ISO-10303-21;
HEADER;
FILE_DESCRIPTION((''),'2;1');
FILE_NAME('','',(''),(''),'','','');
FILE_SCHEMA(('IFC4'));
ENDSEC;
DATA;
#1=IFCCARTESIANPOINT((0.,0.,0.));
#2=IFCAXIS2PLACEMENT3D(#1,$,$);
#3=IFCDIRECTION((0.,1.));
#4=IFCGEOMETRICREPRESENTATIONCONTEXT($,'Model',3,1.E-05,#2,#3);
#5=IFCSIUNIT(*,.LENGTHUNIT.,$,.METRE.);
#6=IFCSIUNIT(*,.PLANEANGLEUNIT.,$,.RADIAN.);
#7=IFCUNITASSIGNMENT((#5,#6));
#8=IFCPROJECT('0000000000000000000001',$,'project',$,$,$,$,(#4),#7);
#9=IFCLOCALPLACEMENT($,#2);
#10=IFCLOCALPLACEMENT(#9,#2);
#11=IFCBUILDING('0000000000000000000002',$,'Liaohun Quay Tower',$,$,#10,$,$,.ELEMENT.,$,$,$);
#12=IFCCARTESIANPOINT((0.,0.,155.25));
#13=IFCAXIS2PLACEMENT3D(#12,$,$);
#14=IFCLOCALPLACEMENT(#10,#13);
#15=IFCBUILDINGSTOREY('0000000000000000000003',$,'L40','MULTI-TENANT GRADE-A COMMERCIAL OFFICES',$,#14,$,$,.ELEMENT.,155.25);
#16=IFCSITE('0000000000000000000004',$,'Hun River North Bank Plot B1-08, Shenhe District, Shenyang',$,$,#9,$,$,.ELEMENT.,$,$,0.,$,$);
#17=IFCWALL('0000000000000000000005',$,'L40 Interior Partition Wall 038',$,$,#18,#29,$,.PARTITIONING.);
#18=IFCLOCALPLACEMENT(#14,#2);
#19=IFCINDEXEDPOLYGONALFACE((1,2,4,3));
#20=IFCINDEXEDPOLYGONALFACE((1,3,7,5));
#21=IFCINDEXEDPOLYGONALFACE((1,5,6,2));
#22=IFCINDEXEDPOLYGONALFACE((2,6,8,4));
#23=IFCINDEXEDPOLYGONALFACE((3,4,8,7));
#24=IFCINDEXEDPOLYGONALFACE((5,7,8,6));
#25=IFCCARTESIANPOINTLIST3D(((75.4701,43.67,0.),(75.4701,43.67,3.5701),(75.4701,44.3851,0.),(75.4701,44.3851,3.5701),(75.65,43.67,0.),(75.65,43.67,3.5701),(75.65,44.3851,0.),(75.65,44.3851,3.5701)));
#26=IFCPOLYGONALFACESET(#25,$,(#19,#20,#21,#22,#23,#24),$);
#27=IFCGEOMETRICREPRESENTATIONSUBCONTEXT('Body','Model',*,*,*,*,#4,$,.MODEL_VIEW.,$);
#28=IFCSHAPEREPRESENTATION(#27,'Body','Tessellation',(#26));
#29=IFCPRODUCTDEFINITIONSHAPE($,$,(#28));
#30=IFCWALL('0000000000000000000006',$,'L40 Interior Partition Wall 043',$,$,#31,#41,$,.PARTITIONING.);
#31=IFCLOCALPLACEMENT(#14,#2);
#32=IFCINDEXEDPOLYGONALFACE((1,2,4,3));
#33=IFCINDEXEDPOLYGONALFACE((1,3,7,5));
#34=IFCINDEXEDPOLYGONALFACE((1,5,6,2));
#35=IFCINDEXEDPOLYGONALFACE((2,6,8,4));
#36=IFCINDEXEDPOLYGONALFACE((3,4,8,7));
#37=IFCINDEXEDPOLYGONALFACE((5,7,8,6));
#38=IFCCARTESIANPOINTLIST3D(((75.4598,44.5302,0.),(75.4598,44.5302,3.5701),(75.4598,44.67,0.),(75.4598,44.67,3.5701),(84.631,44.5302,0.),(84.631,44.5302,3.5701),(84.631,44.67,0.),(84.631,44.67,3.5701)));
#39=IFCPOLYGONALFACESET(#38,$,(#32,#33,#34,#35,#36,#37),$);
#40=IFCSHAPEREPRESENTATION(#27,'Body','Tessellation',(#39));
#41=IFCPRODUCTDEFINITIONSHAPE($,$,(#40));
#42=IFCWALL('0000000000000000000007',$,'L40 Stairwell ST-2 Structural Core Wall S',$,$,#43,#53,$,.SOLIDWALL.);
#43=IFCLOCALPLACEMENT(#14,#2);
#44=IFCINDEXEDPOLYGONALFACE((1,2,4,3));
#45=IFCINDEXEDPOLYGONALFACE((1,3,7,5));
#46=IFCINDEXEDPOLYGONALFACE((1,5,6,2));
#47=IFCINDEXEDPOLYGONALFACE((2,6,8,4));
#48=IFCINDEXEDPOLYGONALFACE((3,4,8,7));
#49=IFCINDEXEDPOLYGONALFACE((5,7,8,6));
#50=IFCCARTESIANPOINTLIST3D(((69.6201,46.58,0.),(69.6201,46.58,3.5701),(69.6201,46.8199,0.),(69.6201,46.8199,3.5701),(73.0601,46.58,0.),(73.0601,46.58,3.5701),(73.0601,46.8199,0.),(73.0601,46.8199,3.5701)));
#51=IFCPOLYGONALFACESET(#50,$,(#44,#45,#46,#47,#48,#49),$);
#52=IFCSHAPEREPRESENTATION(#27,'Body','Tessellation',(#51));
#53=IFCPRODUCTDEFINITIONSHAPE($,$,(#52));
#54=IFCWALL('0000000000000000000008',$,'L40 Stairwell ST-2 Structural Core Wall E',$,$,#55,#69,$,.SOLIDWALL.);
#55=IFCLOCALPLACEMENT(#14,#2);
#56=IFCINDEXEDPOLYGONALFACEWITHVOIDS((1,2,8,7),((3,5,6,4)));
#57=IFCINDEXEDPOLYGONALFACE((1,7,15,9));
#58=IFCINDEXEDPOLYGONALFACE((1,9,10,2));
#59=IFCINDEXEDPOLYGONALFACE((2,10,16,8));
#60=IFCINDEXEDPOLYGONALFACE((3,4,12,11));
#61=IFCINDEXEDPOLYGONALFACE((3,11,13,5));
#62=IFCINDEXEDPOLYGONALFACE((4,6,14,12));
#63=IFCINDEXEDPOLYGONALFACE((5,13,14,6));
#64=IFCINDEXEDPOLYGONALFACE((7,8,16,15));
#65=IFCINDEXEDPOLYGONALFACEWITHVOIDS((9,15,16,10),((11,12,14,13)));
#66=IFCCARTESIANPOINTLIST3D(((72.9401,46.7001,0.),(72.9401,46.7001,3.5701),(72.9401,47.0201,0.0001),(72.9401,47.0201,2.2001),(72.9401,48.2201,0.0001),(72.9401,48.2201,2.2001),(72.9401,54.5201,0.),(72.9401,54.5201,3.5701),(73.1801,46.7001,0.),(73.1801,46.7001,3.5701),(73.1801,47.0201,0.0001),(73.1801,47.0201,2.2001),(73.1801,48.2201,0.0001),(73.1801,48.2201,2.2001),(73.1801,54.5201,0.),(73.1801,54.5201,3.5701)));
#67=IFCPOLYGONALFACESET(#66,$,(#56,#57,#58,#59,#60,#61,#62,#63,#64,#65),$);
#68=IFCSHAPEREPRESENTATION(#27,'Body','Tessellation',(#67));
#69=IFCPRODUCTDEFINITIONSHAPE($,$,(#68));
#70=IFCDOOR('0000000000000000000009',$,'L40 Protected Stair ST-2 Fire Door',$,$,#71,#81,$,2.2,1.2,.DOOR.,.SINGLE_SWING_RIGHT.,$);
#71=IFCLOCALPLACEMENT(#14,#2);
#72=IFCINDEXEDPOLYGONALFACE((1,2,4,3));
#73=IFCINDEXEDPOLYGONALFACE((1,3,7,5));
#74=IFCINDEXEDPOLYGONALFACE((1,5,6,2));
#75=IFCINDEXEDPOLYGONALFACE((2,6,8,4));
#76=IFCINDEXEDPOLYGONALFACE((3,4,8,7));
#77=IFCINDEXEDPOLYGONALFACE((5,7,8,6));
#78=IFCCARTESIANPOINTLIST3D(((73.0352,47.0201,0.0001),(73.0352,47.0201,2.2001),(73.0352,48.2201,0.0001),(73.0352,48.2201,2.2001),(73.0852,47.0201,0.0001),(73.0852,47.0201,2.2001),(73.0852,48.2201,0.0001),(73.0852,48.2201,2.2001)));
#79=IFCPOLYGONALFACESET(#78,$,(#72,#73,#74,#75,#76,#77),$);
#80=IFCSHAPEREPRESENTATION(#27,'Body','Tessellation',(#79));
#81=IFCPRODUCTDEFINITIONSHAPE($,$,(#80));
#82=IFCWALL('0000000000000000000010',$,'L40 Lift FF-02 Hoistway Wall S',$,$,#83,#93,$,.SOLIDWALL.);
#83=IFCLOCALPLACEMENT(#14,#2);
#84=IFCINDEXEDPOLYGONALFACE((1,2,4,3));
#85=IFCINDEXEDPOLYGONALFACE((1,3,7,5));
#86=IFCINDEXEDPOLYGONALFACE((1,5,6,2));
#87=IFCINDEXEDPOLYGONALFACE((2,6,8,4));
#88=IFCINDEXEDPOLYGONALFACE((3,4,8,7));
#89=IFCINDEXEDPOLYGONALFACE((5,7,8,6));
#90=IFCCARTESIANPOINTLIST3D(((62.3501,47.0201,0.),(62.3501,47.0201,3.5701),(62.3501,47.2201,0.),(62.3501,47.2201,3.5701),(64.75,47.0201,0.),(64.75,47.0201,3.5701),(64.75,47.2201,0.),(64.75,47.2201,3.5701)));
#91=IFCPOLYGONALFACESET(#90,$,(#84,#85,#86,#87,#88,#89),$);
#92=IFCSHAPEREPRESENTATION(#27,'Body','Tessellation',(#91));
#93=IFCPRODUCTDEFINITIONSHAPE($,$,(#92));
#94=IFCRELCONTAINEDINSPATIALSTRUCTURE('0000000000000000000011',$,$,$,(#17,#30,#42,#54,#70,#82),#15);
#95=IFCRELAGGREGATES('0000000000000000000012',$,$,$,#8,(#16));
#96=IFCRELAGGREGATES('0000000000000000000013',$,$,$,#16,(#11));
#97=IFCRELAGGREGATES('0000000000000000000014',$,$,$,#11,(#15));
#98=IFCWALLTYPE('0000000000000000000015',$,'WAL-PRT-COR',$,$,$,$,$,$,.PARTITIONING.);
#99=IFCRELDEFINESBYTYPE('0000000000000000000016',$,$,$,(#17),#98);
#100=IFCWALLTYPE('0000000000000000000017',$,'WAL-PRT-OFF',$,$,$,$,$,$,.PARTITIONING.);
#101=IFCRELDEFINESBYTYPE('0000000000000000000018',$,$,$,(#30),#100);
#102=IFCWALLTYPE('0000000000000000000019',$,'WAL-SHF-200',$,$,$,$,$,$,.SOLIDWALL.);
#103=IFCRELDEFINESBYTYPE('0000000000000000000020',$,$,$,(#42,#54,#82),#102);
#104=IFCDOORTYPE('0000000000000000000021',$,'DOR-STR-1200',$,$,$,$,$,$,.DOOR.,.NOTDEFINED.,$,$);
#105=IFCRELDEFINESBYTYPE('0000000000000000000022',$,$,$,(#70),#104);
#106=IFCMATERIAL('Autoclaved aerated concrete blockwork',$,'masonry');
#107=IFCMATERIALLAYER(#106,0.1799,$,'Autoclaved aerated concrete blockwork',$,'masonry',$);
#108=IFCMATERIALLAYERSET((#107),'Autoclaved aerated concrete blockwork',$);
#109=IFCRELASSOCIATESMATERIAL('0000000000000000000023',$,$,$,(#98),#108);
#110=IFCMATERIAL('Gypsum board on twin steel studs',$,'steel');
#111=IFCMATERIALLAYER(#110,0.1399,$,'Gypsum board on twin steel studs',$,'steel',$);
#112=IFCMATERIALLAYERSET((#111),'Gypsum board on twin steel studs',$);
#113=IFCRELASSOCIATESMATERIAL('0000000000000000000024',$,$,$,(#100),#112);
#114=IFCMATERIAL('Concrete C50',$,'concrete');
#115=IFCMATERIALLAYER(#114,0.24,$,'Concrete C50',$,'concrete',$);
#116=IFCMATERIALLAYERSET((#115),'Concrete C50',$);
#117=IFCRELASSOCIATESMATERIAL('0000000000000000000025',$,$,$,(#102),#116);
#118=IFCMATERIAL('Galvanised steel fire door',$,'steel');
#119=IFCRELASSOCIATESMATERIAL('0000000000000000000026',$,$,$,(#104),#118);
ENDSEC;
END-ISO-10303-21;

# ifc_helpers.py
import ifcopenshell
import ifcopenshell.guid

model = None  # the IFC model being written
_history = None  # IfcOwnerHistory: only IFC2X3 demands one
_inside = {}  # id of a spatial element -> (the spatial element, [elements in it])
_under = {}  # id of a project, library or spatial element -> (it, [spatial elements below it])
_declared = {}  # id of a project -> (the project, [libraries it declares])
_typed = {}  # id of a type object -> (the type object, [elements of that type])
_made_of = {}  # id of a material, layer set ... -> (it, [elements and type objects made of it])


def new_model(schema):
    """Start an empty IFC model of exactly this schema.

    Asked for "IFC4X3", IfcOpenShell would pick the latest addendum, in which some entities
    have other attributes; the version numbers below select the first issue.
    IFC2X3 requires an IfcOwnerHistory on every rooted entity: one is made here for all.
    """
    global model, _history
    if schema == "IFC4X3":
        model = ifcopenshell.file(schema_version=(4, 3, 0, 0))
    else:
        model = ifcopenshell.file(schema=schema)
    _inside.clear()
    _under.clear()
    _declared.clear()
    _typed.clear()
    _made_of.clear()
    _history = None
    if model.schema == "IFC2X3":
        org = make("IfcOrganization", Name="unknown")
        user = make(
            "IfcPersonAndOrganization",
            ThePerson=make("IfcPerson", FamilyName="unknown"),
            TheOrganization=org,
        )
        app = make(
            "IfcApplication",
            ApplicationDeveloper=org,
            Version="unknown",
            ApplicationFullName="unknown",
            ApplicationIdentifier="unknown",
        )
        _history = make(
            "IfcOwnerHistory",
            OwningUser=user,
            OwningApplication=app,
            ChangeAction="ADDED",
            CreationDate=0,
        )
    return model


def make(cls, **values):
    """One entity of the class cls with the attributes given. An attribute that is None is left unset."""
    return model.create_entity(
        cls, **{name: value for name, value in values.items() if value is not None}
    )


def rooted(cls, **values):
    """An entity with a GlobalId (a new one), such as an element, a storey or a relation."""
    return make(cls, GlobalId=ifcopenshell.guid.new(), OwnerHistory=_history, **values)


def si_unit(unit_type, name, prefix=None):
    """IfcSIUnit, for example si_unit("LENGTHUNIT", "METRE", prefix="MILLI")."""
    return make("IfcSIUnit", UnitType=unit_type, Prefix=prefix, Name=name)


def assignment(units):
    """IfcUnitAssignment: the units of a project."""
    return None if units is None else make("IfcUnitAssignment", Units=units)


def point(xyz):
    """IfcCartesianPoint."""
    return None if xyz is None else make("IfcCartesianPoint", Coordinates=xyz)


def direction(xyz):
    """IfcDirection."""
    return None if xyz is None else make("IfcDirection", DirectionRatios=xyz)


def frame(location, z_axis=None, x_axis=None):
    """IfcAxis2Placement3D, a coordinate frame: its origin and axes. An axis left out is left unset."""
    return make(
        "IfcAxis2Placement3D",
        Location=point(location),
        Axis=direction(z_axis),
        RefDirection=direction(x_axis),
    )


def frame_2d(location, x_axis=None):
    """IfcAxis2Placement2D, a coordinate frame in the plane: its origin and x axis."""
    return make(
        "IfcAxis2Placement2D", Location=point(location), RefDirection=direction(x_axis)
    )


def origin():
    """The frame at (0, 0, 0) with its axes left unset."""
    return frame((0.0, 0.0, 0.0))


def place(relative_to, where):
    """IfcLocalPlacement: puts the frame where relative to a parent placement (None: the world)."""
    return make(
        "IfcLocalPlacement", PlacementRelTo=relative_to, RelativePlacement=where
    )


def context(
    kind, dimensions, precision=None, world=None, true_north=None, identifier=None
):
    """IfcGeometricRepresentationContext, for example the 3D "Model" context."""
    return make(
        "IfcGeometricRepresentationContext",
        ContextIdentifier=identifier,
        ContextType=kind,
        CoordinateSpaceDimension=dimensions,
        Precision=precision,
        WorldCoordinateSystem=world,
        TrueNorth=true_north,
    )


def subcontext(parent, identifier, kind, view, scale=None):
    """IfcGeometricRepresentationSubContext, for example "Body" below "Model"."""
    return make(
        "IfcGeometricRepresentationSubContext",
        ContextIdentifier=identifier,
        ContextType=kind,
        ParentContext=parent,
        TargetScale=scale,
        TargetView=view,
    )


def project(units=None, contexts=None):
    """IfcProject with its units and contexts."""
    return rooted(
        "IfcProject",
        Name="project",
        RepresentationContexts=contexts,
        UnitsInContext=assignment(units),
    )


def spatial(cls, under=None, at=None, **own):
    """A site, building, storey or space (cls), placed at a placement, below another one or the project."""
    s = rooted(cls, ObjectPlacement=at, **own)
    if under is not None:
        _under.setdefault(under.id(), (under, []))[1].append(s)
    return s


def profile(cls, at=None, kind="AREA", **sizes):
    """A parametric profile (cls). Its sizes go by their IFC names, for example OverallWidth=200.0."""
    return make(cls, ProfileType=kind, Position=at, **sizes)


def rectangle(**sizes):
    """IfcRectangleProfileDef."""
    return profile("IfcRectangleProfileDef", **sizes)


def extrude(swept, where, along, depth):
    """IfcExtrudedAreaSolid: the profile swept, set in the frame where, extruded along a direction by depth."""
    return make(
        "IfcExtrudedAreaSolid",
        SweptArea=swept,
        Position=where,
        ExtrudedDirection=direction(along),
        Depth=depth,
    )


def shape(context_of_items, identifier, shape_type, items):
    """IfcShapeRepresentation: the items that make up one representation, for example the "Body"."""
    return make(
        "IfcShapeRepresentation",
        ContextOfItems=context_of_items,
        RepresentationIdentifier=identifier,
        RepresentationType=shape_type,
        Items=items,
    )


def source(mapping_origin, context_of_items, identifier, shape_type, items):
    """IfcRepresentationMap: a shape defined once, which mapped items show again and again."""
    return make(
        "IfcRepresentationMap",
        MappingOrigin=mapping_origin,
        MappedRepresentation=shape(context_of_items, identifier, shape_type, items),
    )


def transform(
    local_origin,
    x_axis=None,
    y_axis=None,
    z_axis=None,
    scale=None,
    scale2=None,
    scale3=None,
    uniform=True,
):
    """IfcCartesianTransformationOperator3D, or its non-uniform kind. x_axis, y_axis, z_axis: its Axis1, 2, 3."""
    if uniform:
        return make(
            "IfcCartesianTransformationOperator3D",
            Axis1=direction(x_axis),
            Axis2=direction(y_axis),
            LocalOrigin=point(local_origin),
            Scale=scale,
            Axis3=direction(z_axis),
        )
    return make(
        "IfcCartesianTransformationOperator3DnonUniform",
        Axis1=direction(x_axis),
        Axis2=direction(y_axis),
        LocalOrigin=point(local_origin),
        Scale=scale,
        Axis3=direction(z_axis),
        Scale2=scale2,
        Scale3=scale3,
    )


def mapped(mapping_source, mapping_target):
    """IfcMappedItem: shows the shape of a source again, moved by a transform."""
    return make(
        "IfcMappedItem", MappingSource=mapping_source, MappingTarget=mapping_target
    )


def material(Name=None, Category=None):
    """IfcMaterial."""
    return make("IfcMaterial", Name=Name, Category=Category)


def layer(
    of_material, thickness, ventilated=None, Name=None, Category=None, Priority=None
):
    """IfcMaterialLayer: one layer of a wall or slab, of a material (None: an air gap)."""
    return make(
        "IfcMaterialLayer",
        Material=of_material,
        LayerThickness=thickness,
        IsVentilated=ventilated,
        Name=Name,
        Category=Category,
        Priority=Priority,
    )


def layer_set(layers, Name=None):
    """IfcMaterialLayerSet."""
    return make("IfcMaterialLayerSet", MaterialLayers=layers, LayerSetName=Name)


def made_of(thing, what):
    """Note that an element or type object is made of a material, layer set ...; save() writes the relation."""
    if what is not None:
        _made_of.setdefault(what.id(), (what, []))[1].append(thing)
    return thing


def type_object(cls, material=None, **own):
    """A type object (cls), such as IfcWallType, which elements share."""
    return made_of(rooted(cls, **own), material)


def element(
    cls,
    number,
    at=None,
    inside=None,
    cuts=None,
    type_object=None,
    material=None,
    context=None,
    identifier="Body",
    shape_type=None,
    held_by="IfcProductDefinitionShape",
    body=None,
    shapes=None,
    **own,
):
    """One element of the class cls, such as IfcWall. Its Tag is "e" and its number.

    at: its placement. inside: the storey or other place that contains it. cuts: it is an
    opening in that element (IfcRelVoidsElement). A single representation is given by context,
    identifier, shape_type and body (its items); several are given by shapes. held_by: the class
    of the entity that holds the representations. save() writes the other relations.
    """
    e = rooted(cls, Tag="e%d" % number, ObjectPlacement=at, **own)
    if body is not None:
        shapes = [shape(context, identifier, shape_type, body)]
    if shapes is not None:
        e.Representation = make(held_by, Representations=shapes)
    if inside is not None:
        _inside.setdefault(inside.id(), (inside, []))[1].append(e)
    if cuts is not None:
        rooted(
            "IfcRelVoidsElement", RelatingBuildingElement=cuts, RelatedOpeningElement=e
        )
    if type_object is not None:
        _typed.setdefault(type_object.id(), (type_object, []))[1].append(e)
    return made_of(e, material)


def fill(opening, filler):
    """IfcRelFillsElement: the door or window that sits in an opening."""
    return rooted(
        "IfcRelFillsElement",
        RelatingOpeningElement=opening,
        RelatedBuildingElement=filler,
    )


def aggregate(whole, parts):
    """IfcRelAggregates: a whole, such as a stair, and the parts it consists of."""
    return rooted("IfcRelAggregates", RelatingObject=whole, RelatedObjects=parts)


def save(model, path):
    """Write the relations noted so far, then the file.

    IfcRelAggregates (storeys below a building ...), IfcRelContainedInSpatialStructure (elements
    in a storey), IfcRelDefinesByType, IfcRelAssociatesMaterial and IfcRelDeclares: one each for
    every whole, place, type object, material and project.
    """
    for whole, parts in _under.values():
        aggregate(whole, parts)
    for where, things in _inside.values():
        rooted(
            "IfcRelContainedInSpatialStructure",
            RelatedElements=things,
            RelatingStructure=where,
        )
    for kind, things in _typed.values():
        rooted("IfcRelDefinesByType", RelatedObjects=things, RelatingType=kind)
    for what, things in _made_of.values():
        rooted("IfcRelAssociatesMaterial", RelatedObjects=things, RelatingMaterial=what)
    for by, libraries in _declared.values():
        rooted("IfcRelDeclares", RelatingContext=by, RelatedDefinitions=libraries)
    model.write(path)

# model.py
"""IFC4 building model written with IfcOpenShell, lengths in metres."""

from ifc_helpers import new_model, si_unit, direction, frame, frame_2d, origin, place, context, subcontext, project, spatial, rectangle, extrude, source, transform, mapped, material, layer, layer_set, type_object, element, fill, save


model = new_model("IFC4")

# Units and contexts
model_context = context("Model", 3, precision=1e-05, world=origin(), true_north=direction((0.0, 1.0)))
body_context = subcontext(model_context, "Body", "Model", "MODEL_VIEW")
ifc_project = project(units=[si_unit("LENGTHUNIT", "METRE"), si_unit("PLANEANGLEUNIT", "RADIAN")], contexts=[model_context])

# Site, building, storey
site_placement = place(None, origin())
site = spatial("IfcSite", under=ifc_project, at=site_placement, Name="Hun River North Bank Plot B1-08, Shenhe District, Shenyang", CompositionType="ELEMENT", RefElevation=0.0)
building_placement = place(site_placement, origin())
building = spatial("IfcBuilding", under=site, at=building_placement, Name="Liaohun Quay Tower", CompositionType="ELEMENT")
storey_placement = place(building_placement, frame((0.0, 0.0, 155.25)))
storey = spatial("IfcBuildingStorey", under=building, at=storey_placement, Name="L40", Description="MULTI-TENANT GRADE-A COMMERCIAL OFFICES", CompositionType="ELEMENT", Elevation=155.25)

# Walls
ifc_material_1 = material(Name="Autoclaved aerated concrete blockwork", Category="masonry")
ifc_layer_1 = layer(ifc_material_1, 0.1799, Name="Autoclaved aerated concrete blockwork", Category="masonry")
ifc_layer_set_1 = layer_set([ifc_layer_1], Name="Autoclaved aerated concrete blockwork")
wall_type_1 = type_object("IfcWallType", Name="WAL-PRT-COR", PredefinedType="PARTITIONING", material=ifc_layer_set_1)
wall_1_placement = place(storey_placement, frame((75.5601, 44.385, 0.0), z_axis=(0.0, 0.0, 1.0), x_axis=(0.0, -1.0, 0.0)))
element("IfcWall", 1, at=wall_1_placement, inside=storey, type_object=wall_type_1, Name="L40 Interior Partition Wall 038", PredefinedType="PARTITIONING", context=body_context, shape_type="SweptSolid", body=[
    extrude(rectangle(XDim=0.7151, YDim=0.1799, at=frame_2d((0.3574, 0.0))), origin(), (0.0, 0.0, 1.0), 3.5701),
])
ifc_material_2 = material(Name="Gypsum board on twin steel studs", Category="steel")
ifc_layer_2 = layer(ifc_material_2, 0.1399, Name="Gypsum board on twin steel studs", Category="steel")
ifc_layer_set_2 = layer_set([ifc_layer_2], Name="Gypsum board on twin steel studs")
wall_type_2 = type_object("IfcWallType", Name="WAL-PRT-OFF", PredefinedType="PARTITIONING", material=ifc_layer_set_2)
wall_2_placement = place(storey_placement, frame((75.46, 44.6001, 0.0), z_axis=(0.0, 0.0, 1.0), x_axis=(1.0, 0.0, 0.0)))
element("IfcWall", 2, at=wall_2_placement, inside=storey, type_object=wall_type_2, Name="L40 Interior Partition Wall 043", PredefinedType="PARTITIONING", context=body_context, shape_type="SweptSolid", body=[
    extrude(rectangle(XDim=9.1711, YDim=0.1399, at=frame_2d((4.5854, 0.0))), origin(), (0.0, 0.0, 1.0), 3.5701),
])
ifc_material_3 = material(Name="Concrete C50", Category="concrete")
ifc_layer_3 = layer(ifc_material_3, 0.24, Name="Concrete C50", Category="concrete")
ifc_layer_set_3 = layer_set([ifc_layer_3], Name="Concrete C50")
wall_type_3 = type_object("IfcWallType", Name="WAL-SHF-200", PredefinedType="SOLIDWALL", material=ifc_layer_set_3)
wall_3_placement = place(storey_placement, frame((69.6201, 46.7, 0.0), z_axis=(0.0, 0.0, 1.0), x_axis=(1.0, 0.0, 0.0)))
element("IfcWall", 3, at=wall_3_placement, inside=storey, type_object=wall_type_3, Name="L40 Stairwell ST-2 Structural Core Wall S", PredefinedType="SOLIDWALL", context=body_context, shape_type="SweptSolid", body=[
    extrude(rectangle(XDim=3.4399, YDim=0.24, at=frame_2d((1.72, 0.0))), origin(), (0.0, 0.0, 1.0), 3.5701),
])

# Wall, opening, door
wall_4_placement = place(storey_placement, frame((73.0601, 46.7, 0.0), z_axis=(0.0, 0.0, 1.0), x_axis=(0.0, 1.0, 0.0)))
wall_4 = element("IfcWall", 4, at=wall_4_placement, inside=storey, type_object=wall_type_3, Name="L40 Stairwell ST-2 Structural Core Wall E", PredefinedType="SOLIDWALL", context=body_context, shape_type="SweptSolid", body=[
    extrude(rectangle(XDim=7.8201, YDim=0.24, at=frame_2d((3.9102, 0.0))), origin(), (0.0, 0.0, 1.0), 3.5701),
])
shared_shape_1 = source(origin(), body_context, "Body", "SweptSolid", [
    extrude(rectangle(XDim=1.2, YDim=2.2, at=frame_2d((0.6001, 1.1001))), frame((0.0, 0.1299, 0.0), z_axis=(0.0, -1.0, 0.0), x_axis=(1.0, 0.0, 0.0)), (0.0, 0.0, 1.0), 0.26),
])
opening_1_placement = place(wall_4_placement, frame((0.3201, 0.0, 0.0)))
opening_1 = element("IfcOpeningElement", 5, at=opening_1_placement, cuts=wall_4, PredefinedType="OPENING", context=body_context, shape_type="MappedRepresentation", body=[
    mapped(shared_shape_1, transform((0.0, 0.0, 0.0), x_axis=(1.0, 0.0, 0.0), y_axis=(0.0, 1.0, 0.0), z_axis=(0.0, 0.0, 1.0), scale=1.0)),
])
ifc_material_4 = material(Name="Galvanised steel fire door", Category="steel")
door_type_1 = type_object("IfcDoorType", Name="DOR-STR-1200", OperationType="NOTDEFINED", PredefinedType="DOOR", material=ifc_material_4)
shared_shape_2 = source(origin(), body_context, "Body", "SweptSolid", [
    extrude(rectangle(XDim=1.2, YDim=2.2, at=frame_2d((0.6001, 1.1001))), frame((0.0, 0.0249, 0.0), z_axis=(0.0, -1.0, 0.0), x_axis=(1.0, 0.0, 0.0)), (0.0, 0.0, 1.0), 0.05),
])
door_1_placement = place(opening_1_placement, origin())
door_1 = element("IfcDoor", 6, at=door_1_placement, inside=storey, type_object=door_type_1, Name="L40 Protected Stair ST-2 Fire Door", OperationType="SINGLE_SWING_RIGHT", OverallHeight=2.2, OverallWidth=1.2, PredefinedType="DOOR", context=body_context, shape_type="MappedRepresentation", body=[
    mapped(shared_shape_2, transform((0.0, 0.0, 0.0), x_axis=(1.0, 0.0, 0.0), y_axis=(0.0, 1.0, 0.0), z_axis=(0.0, 0.0, 1.0), scale=1.0)),
])
fill(opening_1, door_1)

# Wall
wall_5_placement = place(storey_placement, frame((62.3501, 47.1201, 0.0), z_axis=(0.0, 0.0, 1.0), x_axis=(1.0, 0.0, 0.0)))
element("IfcWall", 7, at=wall_5_placement, inside=storey, type_object=wall_type_3, Name="L40 Lift FF-02 Hoistway Wall S", PredefinedType="SOLIDWALL", context=body_context, shape_type="SweptSolid", body=[
    extrude(rectangle(XDim=2.3999, YDim=0.2, at=frame_2d((1.2, 0.0))), origin(), (0.0, 0.0, 1.0), 3.5701),
])

save(model, "model.ifc")
